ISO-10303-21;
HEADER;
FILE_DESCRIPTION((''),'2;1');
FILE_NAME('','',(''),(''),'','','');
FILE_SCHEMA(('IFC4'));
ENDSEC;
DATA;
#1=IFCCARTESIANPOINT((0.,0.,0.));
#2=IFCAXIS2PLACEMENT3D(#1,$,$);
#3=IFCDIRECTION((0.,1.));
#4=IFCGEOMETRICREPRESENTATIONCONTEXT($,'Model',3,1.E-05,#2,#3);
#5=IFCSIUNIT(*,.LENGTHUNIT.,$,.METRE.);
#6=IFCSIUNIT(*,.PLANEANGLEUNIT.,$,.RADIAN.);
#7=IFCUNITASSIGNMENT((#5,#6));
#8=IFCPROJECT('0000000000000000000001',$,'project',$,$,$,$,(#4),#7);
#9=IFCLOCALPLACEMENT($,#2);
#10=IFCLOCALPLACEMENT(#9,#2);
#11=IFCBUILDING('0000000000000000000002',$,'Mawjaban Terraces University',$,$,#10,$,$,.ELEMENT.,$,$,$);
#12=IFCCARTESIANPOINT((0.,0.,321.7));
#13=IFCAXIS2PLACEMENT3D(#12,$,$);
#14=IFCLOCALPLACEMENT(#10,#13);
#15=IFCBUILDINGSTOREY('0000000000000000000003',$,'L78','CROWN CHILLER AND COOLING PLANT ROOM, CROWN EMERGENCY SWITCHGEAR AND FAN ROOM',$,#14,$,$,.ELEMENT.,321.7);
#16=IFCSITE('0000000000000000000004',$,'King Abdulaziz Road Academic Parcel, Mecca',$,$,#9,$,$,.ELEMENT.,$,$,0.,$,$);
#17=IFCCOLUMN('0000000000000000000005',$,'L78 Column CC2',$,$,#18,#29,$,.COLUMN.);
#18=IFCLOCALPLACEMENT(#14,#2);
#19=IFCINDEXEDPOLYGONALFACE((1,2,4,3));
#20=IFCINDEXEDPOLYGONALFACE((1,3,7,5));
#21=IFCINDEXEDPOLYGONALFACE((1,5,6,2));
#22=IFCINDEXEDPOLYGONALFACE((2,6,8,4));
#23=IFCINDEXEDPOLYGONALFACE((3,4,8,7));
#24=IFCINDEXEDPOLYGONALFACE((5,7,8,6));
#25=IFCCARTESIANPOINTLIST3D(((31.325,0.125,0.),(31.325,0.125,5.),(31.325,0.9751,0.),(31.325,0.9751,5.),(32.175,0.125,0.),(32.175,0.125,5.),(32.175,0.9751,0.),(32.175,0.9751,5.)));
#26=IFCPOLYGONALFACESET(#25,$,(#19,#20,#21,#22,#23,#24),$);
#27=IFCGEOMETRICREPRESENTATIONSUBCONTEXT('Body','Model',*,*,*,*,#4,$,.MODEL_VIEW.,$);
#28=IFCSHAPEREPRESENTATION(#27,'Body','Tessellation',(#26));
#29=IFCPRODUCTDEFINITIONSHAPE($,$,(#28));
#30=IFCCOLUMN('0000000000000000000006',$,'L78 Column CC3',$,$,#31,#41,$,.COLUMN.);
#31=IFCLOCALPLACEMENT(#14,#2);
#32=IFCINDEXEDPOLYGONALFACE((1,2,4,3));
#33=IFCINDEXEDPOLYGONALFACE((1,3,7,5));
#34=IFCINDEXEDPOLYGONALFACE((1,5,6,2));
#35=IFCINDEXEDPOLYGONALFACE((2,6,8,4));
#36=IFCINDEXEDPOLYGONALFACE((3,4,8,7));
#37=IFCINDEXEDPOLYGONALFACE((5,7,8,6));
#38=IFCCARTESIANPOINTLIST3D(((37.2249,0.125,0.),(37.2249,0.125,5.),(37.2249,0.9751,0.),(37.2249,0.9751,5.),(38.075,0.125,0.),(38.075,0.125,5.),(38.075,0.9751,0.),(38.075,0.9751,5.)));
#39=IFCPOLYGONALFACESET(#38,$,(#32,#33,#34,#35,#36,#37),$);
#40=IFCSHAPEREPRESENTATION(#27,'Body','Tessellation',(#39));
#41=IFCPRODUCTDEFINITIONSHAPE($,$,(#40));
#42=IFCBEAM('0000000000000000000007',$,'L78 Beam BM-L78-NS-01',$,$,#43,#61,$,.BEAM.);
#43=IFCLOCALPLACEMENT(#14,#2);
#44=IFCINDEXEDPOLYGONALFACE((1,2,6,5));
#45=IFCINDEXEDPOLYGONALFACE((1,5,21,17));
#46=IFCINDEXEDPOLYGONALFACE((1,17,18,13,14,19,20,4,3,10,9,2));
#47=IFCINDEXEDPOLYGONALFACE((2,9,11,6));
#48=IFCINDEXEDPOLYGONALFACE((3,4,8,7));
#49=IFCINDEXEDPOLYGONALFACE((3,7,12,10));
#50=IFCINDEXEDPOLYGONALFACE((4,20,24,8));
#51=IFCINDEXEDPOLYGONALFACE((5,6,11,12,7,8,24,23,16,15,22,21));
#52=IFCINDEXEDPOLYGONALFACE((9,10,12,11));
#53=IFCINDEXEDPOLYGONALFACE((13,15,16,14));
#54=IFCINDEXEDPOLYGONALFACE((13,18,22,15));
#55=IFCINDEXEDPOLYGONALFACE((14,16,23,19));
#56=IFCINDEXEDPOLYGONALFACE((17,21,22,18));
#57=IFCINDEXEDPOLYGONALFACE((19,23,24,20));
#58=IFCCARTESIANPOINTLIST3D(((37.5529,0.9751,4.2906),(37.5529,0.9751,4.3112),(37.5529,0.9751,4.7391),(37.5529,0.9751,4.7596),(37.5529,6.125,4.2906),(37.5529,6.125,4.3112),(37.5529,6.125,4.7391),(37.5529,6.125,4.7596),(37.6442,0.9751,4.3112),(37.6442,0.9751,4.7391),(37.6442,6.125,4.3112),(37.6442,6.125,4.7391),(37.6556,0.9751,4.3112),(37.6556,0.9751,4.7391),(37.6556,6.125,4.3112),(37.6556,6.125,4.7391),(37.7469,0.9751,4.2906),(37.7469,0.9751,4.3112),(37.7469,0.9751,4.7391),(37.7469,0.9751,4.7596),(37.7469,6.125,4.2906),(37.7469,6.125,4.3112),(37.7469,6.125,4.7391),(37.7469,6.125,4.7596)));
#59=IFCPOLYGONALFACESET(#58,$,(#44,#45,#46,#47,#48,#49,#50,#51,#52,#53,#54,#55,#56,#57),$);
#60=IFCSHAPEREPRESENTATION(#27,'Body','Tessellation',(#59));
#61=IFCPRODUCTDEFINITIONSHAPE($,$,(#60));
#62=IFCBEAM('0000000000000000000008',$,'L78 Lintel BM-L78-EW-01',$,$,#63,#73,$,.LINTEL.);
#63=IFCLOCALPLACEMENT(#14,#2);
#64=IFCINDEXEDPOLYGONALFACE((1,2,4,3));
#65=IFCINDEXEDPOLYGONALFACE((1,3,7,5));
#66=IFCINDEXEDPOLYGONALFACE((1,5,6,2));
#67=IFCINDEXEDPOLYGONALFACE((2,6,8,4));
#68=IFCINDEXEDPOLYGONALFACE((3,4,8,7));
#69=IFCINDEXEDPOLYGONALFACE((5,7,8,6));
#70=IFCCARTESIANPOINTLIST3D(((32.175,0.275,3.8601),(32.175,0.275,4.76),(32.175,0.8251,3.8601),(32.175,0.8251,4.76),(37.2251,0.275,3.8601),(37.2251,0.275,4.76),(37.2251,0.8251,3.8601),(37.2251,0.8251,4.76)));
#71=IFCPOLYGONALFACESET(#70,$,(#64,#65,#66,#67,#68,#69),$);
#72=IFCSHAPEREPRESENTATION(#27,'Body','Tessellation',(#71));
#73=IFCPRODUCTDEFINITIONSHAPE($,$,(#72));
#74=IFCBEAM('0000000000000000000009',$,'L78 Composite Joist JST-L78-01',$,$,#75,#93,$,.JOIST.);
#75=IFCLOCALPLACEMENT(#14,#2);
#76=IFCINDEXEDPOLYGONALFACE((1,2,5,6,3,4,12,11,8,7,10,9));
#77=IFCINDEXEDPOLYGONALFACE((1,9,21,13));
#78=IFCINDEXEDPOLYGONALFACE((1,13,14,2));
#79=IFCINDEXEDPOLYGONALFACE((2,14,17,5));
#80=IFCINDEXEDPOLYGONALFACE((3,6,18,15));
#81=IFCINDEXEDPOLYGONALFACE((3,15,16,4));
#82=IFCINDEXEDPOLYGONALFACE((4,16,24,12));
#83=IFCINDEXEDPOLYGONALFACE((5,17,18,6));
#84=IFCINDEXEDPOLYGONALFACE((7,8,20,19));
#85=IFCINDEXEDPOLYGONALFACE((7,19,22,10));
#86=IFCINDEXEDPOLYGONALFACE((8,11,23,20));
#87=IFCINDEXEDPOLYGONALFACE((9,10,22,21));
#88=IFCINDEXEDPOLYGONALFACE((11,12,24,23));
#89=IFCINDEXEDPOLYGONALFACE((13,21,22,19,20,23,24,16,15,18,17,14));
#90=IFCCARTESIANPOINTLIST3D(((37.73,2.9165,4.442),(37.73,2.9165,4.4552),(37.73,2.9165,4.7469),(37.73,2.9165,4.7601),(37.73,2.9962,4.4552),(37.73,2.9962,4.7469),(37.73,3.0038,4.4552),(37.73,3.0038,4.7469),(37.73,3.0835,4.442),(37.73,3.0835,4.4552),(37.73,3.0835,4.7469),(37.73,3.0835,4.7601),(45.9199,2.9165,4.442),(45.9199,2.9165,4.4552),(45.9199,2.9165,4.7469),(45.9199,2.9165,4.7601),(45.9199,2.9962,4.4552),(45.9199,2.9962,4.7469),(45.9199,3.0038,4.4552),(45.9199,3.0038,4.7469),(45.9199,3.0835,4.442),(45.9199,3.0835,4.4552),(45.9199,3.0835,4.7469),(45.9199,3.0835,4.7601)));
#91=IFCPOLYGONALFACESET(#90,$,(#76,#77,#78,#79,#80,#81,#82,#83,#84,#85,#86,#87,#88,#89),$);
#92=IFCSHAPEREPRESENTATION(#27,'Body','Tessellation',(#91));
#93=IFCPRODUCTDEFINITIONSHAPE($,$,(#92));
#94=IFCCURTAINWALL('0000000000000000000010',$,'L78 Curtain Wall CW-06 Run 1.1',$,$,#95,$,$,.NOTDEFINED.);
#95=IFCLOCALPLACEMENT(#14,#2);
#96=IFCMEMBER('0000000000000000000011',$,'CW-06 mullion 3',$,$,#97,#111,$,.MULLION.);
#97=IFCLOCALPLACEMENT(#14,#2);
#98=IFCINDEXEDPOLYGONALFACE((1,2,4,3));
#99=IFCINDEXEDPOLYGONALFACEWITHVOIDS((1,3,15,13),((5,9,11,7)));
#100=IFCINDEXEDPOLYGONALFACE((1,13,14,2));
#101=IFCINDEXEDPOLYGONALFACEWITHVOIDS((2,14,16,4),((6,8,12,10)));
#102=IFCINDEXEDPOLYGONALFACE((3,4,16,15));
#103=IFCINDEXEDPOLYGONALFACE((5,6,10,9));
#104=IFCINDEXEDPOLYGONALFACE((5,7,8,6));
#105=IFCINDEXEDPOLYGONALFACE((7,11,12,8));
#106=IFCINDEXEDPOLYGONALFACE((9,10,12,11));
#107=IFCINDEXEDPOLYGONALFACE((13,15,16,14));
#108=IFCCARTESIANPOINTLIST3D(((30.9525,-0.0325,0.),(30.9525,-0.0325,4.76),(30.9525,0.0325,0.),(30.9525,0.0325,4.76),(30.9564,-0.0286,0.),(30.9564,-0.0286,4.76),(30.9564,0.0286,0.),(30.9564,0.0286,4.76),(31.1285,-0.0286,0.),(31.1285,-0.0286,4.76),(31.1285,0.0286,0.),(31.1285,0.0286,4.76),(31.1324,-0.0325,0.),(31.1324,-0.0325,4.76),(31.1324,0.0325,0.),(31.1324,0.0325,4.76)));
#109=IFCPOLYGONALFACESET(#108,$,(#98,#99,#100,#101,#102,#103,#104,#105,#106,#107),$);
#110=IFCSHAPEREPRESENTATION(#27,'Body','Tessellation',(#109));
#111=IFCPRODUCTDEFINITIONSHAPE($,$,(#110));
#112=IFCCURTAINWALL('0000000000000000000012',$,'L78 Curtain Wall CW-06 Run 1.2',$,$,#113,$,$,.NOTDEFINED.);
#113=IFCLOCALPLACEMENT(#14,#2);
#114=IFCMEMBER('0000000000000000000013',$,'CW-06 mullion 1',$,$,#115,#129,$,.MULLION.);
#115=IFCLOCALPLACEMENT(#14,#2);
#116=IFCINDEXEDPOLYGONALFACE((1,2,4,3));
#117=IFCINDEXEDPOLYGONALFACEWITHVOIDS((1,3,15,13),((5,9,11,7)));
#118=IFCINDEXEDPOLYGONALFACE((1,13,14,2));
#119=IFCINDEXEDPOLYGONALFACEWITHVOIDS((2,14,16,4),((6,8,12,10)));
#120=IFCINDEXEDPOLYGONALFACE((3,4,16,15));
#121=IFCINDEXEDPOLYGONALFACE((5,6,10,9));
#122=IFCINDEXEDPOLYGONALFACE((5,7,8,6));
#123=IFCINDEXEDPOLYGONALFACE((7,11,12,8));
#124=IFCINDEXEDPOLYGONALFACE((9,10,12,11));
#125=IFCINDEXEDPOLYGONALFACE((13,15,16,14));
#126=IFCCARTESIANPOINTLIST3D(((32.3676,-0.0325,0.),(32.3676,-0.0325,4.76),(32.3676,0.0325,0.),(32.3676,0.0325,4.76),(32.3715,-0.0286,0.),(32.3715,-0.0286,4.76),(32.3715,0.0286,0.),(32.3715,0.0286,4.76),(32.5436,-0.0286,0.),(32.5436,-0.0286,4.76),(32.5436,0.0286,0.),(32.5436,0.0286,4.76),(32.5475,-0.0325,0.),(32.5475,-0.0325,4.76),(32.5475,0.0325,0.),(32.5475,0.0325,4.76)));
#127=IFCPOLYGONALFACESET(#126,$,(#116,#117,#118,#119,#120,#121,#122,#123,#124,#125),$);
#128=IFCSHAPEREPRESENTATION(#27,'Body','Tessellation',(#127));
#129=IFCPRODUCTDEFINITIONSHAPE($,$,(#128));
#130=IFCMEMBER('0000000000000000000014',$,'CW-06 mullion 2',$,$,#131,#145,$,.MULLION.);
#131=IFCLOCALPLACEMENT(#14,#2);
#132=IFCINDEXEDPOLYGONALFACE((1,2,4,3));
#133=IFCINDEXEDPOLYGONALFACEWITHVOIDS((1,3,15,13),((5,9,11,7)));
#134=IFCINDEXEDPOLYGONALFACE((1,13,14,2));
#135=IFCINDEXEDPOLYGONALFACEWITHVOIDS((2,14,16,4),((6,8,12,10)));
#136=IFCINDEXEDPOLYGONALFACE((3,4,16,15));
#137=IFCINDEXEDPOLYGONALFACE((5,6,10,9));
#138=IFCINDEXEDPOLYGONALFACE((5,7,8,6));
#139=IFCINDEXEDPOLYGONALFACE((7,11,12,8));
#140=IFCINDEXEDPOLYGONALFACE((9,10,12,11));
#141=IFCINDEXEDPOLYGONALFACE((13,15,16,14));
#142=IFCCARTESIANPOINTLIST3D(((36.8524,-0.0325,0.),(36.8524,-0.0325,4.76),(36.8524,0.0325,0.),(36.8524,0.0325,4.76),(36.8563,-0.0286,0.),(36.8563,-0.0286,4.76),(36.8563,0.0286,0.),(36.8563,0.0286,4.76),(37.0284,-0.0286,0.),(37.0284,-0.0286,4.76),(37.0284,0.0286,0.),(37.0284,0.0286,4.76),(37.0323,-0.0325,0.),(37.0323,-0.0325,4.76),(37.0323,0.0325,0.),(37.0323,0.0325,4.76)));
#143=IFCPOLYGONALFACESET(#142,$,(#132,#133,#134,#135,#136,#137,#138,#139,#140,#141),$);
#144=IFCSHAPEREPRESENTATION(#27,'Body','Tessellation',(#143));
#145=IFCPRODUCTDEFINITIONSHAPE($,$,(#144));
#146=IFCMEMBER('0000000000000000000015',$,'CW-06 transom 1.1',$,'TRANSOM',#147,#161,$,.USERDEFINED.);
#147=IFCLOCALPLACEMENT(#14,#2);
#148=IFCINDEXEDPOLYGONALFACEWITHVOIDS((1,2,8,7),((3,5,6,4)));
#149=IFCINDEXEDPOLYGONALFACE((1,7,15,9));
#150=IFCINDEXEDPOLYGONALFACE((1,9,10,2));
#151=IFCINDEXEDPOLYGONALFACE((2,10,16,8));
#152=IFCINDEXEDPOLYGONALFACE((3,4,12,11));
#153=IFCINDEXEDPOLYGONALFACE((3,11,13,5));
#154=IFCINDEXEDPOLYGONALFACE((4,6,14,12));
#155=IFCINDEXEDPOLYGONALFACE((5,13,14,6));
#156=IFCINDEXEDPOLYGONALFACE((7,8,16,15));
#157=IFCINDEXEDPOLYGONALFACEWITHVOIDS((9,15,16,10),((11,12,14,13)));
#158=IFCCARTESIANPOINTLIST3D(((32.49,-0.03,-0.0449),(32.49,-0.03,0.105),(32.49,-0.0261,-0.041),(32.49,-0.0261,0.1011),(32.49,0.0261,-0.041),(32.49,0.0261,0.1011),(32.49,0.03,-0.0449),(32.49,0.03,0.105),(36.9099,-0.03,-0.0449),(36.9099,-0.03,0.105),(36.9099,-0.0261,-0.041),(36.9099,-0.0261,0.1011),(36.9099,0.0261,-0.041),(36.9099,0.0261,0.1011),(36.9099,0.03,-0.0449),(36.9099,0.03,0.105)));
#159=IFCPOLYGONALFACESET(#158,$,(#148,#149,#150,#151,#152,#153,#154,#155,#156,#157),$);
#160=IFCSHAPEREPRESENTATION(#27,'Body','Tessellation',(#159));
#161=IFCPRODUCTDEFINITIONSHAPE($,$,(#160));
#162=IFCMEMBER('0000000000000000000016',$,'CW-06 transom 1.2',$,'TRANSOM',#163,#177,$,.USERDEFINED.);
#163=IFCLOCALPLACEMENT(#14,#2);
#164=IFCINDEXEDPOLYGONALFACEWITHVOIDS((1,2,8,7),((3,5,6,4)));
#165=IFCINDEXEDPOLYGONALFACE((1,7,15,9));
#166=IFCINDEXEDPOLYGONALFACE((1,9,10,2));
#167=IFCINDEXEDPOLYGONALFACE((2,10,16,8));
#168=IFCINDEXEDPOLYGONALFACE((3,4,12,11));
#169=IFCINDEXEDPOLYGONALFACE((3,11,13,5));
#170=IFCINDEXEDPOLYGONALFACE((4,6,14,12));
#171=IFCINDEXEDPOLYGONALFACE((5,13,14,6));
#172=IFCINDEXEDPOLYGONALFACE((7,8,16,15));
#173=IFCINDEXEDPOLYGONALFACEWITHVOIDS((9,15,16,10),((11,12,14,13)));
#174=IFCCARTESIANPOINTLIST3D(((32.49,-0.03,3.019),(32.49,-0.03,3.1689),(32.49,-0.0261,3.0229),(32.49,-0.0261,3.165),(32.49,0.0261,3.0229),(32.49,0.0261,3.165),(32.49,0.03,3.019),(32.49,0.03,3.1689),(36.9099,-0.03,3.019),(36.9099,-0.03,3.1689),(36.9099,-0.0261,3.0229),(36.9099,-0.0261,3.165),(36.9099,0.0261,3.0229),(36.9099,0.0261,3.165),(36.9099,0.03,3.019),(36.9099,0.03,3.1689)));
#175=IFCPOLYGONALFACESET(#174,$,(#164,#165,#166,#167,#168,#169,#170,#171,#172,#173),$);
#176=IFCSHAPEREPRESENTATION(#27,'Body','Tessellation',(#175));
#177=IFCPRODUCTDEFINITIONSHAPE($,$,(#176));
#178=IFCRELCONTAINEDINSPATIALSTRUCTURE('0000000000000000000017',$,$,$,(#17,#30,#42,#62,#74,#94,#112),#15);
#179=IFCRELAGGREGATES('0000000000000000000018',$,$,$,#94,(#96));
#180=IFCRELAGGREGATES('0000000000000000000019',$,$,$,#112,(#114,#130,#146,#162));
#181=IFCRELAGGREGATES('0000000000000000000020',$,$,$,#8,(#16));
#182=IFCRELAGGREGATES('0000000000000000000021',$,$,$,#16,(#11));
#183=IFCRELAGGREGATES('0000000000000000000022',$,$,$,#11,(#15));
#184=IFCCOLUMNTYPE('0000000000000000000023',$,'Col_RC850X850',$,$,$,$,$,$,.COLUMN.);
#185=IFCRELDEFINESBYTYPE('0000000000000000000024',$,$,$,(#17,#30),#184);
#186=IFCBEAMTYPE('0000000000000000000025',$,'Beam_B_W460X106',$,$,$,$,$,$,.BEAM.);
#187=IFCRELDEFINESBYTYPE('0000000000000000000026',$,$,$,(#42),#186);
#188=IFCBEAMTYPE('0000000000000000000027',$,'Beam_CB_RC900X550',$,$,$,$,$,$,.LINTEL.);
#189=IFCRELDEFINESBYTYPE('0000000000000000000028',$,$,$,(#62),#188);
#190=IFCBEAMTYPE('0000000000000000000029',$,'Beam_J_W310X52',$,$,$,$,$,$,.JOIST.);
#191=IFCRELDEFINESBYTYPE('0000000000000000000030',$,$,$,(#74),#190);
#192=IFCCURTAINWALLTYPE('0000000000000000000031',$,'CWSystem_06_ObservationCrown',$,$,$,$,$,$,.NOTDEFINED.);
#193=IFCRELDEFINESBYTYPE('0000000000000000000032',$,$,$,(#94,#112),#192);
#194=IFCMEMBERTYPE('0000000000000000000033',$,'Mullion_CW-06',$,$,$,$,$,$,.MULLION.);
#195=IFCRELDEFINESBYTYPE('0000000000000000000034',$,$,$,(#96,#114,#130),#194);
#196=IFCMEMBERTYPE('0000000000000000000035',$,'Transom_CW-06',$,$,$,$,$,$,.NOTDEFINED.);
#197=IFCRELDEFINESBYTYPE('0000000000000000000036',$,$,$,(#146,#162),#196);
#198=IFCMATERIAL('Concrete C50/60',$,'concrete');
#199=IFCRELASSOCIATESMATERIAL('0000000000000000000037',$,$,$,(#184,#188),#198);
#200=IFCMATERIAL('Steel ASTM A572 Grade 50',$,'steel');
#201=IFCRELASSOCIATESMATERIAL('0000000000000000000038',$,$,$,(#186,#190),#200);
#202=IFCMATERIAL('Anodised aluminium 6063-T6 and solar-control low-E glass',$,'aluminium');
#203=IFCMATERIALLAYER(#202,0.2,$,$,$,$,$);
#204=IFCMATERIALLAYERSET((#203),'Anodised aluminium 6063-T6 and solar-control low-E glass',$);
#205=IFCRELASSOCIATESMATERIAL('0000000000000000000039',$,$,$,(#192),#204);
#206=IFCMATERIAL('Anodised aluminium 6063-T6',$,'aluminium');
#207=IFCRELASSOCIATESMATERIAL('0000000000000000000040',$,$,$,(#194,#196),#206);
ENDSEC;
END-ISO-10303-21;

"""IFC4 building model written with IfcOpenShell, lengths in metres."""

from ifc_helpers import new_model, si_unit, direction, frame, origin, origin_2d, place, context, subcontext, project, spatial, rectangle, hollow_rectangle, i_section, extrude, material, layer, layer_set, material_profile, profile_set, type_object, element, aggregate, save


model = new_model("IFC4")

# Units and contexts
model_context = context("Model", 3, precision=1e-05, world=origin(), true_north=direction((0.0, 1.0)))
body_context = subcontext(model_context, "Body", "Model", "MODEL_VIEW")
ifc_project = project(units=[si_unit("LENGTHUNIT", "METRE"), si_unit("PLANEANGLEUNIT", "RADIAN")], contexts=[model_context])

# Site, building, storey
site_placement = place(None, origin())
site = spatial("IfcSite", under=ifc_project, at=site_placement, Name="King Abdulaziz Road Academic Parcel, Mecca", CompositionType="ELEMENT", RefElevation=0.0)
building_placement = place(site_placement, origin())
building = spatial("IfcBuilding", under=site, at=building_placement, Name="Mawjaban Terraces University", CompositionType="ELEMENT")
storey_placement = place(building_placement, frame((0.0, 0.0, 321.7)))
storey = spatial("IfcBuildingStorey", under=building, at=storey_placement, Name="L78", Description="CROWN CHILLER AND COOLING PLANT ROOM, CROWN EMERGENCY SWITCHGEAR AND FAN ROOM", CompositionType="ELEMENT", Elevation=321.7)

# Columns
ifc_material_1 = material(Name="Concrete C50/60", Category="concrete")
ifc_material_profile_1 = material_profile(ifc_material_1, rectangle(XDim=0.8501, YDim=0.8501, at=origin_2d()), Name="RC850X850")
ifc_profile_set_1 = profile_set([ifc_material_profile_1], Name="Concrete C50/60")
column_type = type_object("IfcColumnType", Name="Col_RC850X850", PredefinedType="COLUMN", material=ifc_profile_set_1)
for number, where, z_axis, x_axis, name in (
    (1, (31.75, 0.55, 0.0), (0.0, 0.0, 1.0), (1.0, 0.0, 0.0), "L78 Column CC2"),
    (2, (37.6499, 0.55, 0.0), (0.0, 0.0, 1.0), (1.0, 0.0, 0.0), "L78 Column CC3"),
):
    element("IfcColumn", number, at=place(storey_placement, frame(where, z_axis=z_axis, x_axis=x_axis)), inside=storey, type_object=column_type, Name=name, PredefinedType="COLUMN", context=body_context, shape_type="SweptSolid", body=[
        extrude(rectangle(XDim=0.8501, YDim=0.8501, at=origin_2d()), origin(), (0.0, 0.0, 1.0), 5.0),
    ])

# Beams
ifc_material_2 = material(Name="Steel ASTM A572 Grade 50", Category="steel")
ifc_material_profile_2 = material_profile(ifc_material_2, i_section(OverallWidth=0.1941, OverallDepth=0.469, WebThickness=0.0115, FlangeThickness=0.0205, at=origin_2d()), Name="W460X106")
ifc_profile_set_2 = profile_set([ifc_material_profile_2], Name="Steel ASTM A572 Grade 50")
beam_type_1 = type_object("IfcBeamType", Name="Beam_B_W460X106", PredefinedType="BEAM", material=ifc_profile_set_2)
beam_1_placement = place(storey_placement, frame((37.6499, 0.9751, 4.5251), z_axis=(0.0, 1.0, 0.0), x_axis=(-1.0, 0.0, 0.0)))
element("IfcBeam", 3, at=beam_1_placement, inside=storey, type_object=beam_type_1, Name="L78 Beam BM-L78-NS-01", PredefinedType="BEAM", context=body_context, shape_type="SweptSolid", body=[
    extrude(i_section(OverallWidth=0.1941, OverallDepth=0.469, WebThickness=0.0115, FlangeThickness=0.0205, at=origin_2d()), origin(), (0.0, 0.0, 1.0), 5.1499),
])
ifc_material_profile_3 = material_profile(ifc_material_1, rectangle(XDim=0.55, YDim=0.8999, at=origin_2d()), Name="RC900X550")
ifc_profile_set_3 = profile_set([ifc_material_profile_3], Name="Concrete C50/60")
beam_type_2 = type_object("IfcBeamType", Name="Beam_CB_RC900X550", PredefinedType="LINTEL", material=ifc_profile_set_3)
beam_2_placement = place(storey_placement, frame((32.175, 0.55, 4.3101), z_axis=(1.0, 0.0, 0.0), x_axis=(0.0, 1.0, 0.0)))
element("IfcBeam", 4, at=beam_2_placement, inside=storey, type_object=beam_type_2, Name="L78 Lintel BM-L78-EW-01", PredefinedType="LINTEL", context=body_context, shape_type="SweptSolid", body=[
    extrude(rectangle(XDim=0.55, YDim=0.8999, at=origin_2d()), origin(), (0.0, 0.0, 1.0), 5.05),
])
ifc_material_profile_4 = material_profile(ifc_material_2, i_section(OverallWidth=0.167, OverallDepth=0.3181, WebThickness=0.0076, FlangeThickness=0.0132, at=origin_2d()), Name="W310X52")
ifc_profile_set_4 = profile_set([ifc_material_profile_4], Name="Steel ASTM A572 Grade 50")
beam_type_3 = type_object("IfcBeamType", Name="Beam_J_W310X52", PredefinedType="JOIST", material=ifc_profile_set_4)
beam_3_placement = place(storey_placement, frame((37.73, 3.0, 4.6011), z_axis=(1.0, 0.0, 0.0), x_axis=(0.0, 1.0, 0.0)))
element("IfcBeam", 5, at=beam_3_placement, inside=storey, type_object=beam_type_3, Name="L78 Composite Joist JST-L78-01", PredefinedType="JOIST", context=body_context, shape_type="SweptSolid", body=[
    extrude(i_section(OverallWidth=0.167, OverallDepth=0.3181, WebThickness=0.0076, FlangeThickness=0.0132, at=origin_2d()), origin(), (0.0, 0.0, 1.0), 8.1899),
])

# Curtain wall, member
ifc_material_3 = material(Name="Anodised aluminium 6063-T6 and solar-control low-E glass", Category="aluminium")
ifc_layer_1 = layer(ifc_material_3, 0.2)
ifc_layer_set_1 = layer_set([ifc_layer_1], Name="Anodised aluminium 6063-T6 and solar-control low-E glass")
curtain_wall_type = type_object("IfcCurtainWallType", Name="CWSystem_06_ObservationCrown", PredefinedType="NOTDEFINED", material=ifc_layer_set_1)
curtain_wall_1_placement = place(storey_placement, origin())
curtain_wall_1 = element("IfcCurtainWall", 6, at=curtain_wall_1_placement, inside=storey, type_object=curtain_wall_type, Name="L78 Curtain Wall CW-06 Run 1.1", PredefinedType="NOTDEFINED")
ifc_material_4 = material(Name="Anodised aluminium 6063-T6", Category="aluminium")
ifc_material_profile_5 = material_profile(ifc_material_4, hollow_rectangle(XDim=0.0649, YDim=0.1799, WallThickness=0.0039, at=origin_2d()), Name="ALU180X65X4")
ifc_profile_set_5 = profile_set([ifc_material_profile_5], Name="Anodised aluminium 6063-T6")
member_type_1 = type_object("IfcMemberType", Name="Mullion_CW-06", PredefinedType="MULLION", material=ifc_profile_set_5)
member_1_placement = place(storey_placement, frame((31.0425, 0.0, 0.0), z_axis=(0.0, 0.0, 1.0), x_axis=(0.0, 1.0, 0.0)))
member_1 = element("IfcMember", 7, at=member_1_placement, type_object=member_type_1, Name="CW-06 mullion 3", PredefinedType="MULLION", context=body_context, shape_type="SweptSolid", body=[
    extrude(hollow_rectangle(XDim=0.0649, YDim=0.1799, WallThickness=0.0039, at=origin_2d()), origin(), (0.0, 0.0, 1.0), 4.76),
])
aggregate(curtain_wall_1, [member_1])

# Curtain wall, members
curtain_wall_2_placement = place(storey_placement, origin())
curtain_wall_2 = element("IfcCurtainWall", 8, at=curtain_wall_2_placement, inside=storey, type_object=curtain_wall_type, Name="L78 Curtain Wall CW-06 Run 1.2", PredefinedType="NOTDEFINED")
member_2_placement = place(storey_placement, frame((32.4575, 0.0, 0.0), z_axis=(0.0, 0.0, 1.0), x_axis=(0.0, 1.0, 0.0)))
member_2 = element("IfcMember", 9, at=member_2_placement, type_object=member_type_1, Name="CW-06 mullion 1", PredefinedType="MULLION", context=body_context, shape_type="SweptSolid", body=[
    extrude(hollow_rectangle(XDim=0.0649, YDim=0.1799, WallThickness=0.0039, at=origin_2d()), origin(), (0.0, 0.0, 1.0), 4.76),
])
member_3_placement = place(storey_placement, frame((36.9424, 0.0, 0.0), z_axis=(0.0, 0.0, 1.0), x_axis=(0.0, 1.0, 0.0)))
member_3 = element("IfcMember", 10, at=member_3_placement, type_object=member_type_1, Name="CW-06 mullion 2", PredefinedType="MULLION", context=body_context, shape_type="SweptSolid", body=[
    extrude(hollow_rectangle(XDim=0.0649, YDim=0.1799, WallThickness=0.0039, at=origin_2d()), origin(), (0.0, 0.0, 1.0), 4.76),
])
ifc_material_profile_6 = material_profile(ifc_material_4, hollow_rectangle(XDim=0.0601, YDim=0.1499, WallThickness=0.0039, at=origin_2d()), Name="ALU150X60X4")
ifc_profile_set_6 = profile_set([ifc_material_profile_6], Name="Anodised aluminium 6063-T6")
member_type_2 = type_object("IfcMemberType", Name="Transom_CW-06", PredefinedType="NOTDEFINED", material=ifc_profile_set_6)
member_4_placement = place(storey_placement, frame((32.49, 0.0, 0.03), z_axis=(1.0, 0.0, 0.0), x_axis=(0.0, 1.0, 0.0)))
member_4 = element("IfcMember", 11, at=member_4_placement, type_object=member_type_2, Name="CW-06 transom 1.1", ObjectType="TRANSOM", PredefinedType="USERDEFINED", context=body_context, shape_type="SweptSolid", body=[
    extrude(hollow_rectangle(XDim=0.0601, YDim=0.1499, WallThickness=0.0039, at=origin_2d()), origin(), (0.0, 0.0, 1.0), 4.4199),
])
member_5_placement = place(storey_placement, frame((32.49, 0.0, 3.094), z_axis=(1.0, 0.0, 0.0), x_axis=(0.0, 1.0, 0.0)))
member_5 = element("IfcMember", 12, at=member_5_placement, type_object=member_type_2, Name="CW-06 transom 1.2", ObjectType="TRANSOM", PredefinedType="USERDEFINED", context=body_context, shape_type="SweptSolid", body=[
    extrude(hollow_rectangle(XDim=0.0601, YDim=0.1499, WallThickness=0.0039, at=origin_2d()), origin(), (0.0, 0.0, 1.0), 4.4199),
])
aggregate(curtain_wall_2, [member_2, member_3, member_4, member_5])

save(model, "model.ifc")
